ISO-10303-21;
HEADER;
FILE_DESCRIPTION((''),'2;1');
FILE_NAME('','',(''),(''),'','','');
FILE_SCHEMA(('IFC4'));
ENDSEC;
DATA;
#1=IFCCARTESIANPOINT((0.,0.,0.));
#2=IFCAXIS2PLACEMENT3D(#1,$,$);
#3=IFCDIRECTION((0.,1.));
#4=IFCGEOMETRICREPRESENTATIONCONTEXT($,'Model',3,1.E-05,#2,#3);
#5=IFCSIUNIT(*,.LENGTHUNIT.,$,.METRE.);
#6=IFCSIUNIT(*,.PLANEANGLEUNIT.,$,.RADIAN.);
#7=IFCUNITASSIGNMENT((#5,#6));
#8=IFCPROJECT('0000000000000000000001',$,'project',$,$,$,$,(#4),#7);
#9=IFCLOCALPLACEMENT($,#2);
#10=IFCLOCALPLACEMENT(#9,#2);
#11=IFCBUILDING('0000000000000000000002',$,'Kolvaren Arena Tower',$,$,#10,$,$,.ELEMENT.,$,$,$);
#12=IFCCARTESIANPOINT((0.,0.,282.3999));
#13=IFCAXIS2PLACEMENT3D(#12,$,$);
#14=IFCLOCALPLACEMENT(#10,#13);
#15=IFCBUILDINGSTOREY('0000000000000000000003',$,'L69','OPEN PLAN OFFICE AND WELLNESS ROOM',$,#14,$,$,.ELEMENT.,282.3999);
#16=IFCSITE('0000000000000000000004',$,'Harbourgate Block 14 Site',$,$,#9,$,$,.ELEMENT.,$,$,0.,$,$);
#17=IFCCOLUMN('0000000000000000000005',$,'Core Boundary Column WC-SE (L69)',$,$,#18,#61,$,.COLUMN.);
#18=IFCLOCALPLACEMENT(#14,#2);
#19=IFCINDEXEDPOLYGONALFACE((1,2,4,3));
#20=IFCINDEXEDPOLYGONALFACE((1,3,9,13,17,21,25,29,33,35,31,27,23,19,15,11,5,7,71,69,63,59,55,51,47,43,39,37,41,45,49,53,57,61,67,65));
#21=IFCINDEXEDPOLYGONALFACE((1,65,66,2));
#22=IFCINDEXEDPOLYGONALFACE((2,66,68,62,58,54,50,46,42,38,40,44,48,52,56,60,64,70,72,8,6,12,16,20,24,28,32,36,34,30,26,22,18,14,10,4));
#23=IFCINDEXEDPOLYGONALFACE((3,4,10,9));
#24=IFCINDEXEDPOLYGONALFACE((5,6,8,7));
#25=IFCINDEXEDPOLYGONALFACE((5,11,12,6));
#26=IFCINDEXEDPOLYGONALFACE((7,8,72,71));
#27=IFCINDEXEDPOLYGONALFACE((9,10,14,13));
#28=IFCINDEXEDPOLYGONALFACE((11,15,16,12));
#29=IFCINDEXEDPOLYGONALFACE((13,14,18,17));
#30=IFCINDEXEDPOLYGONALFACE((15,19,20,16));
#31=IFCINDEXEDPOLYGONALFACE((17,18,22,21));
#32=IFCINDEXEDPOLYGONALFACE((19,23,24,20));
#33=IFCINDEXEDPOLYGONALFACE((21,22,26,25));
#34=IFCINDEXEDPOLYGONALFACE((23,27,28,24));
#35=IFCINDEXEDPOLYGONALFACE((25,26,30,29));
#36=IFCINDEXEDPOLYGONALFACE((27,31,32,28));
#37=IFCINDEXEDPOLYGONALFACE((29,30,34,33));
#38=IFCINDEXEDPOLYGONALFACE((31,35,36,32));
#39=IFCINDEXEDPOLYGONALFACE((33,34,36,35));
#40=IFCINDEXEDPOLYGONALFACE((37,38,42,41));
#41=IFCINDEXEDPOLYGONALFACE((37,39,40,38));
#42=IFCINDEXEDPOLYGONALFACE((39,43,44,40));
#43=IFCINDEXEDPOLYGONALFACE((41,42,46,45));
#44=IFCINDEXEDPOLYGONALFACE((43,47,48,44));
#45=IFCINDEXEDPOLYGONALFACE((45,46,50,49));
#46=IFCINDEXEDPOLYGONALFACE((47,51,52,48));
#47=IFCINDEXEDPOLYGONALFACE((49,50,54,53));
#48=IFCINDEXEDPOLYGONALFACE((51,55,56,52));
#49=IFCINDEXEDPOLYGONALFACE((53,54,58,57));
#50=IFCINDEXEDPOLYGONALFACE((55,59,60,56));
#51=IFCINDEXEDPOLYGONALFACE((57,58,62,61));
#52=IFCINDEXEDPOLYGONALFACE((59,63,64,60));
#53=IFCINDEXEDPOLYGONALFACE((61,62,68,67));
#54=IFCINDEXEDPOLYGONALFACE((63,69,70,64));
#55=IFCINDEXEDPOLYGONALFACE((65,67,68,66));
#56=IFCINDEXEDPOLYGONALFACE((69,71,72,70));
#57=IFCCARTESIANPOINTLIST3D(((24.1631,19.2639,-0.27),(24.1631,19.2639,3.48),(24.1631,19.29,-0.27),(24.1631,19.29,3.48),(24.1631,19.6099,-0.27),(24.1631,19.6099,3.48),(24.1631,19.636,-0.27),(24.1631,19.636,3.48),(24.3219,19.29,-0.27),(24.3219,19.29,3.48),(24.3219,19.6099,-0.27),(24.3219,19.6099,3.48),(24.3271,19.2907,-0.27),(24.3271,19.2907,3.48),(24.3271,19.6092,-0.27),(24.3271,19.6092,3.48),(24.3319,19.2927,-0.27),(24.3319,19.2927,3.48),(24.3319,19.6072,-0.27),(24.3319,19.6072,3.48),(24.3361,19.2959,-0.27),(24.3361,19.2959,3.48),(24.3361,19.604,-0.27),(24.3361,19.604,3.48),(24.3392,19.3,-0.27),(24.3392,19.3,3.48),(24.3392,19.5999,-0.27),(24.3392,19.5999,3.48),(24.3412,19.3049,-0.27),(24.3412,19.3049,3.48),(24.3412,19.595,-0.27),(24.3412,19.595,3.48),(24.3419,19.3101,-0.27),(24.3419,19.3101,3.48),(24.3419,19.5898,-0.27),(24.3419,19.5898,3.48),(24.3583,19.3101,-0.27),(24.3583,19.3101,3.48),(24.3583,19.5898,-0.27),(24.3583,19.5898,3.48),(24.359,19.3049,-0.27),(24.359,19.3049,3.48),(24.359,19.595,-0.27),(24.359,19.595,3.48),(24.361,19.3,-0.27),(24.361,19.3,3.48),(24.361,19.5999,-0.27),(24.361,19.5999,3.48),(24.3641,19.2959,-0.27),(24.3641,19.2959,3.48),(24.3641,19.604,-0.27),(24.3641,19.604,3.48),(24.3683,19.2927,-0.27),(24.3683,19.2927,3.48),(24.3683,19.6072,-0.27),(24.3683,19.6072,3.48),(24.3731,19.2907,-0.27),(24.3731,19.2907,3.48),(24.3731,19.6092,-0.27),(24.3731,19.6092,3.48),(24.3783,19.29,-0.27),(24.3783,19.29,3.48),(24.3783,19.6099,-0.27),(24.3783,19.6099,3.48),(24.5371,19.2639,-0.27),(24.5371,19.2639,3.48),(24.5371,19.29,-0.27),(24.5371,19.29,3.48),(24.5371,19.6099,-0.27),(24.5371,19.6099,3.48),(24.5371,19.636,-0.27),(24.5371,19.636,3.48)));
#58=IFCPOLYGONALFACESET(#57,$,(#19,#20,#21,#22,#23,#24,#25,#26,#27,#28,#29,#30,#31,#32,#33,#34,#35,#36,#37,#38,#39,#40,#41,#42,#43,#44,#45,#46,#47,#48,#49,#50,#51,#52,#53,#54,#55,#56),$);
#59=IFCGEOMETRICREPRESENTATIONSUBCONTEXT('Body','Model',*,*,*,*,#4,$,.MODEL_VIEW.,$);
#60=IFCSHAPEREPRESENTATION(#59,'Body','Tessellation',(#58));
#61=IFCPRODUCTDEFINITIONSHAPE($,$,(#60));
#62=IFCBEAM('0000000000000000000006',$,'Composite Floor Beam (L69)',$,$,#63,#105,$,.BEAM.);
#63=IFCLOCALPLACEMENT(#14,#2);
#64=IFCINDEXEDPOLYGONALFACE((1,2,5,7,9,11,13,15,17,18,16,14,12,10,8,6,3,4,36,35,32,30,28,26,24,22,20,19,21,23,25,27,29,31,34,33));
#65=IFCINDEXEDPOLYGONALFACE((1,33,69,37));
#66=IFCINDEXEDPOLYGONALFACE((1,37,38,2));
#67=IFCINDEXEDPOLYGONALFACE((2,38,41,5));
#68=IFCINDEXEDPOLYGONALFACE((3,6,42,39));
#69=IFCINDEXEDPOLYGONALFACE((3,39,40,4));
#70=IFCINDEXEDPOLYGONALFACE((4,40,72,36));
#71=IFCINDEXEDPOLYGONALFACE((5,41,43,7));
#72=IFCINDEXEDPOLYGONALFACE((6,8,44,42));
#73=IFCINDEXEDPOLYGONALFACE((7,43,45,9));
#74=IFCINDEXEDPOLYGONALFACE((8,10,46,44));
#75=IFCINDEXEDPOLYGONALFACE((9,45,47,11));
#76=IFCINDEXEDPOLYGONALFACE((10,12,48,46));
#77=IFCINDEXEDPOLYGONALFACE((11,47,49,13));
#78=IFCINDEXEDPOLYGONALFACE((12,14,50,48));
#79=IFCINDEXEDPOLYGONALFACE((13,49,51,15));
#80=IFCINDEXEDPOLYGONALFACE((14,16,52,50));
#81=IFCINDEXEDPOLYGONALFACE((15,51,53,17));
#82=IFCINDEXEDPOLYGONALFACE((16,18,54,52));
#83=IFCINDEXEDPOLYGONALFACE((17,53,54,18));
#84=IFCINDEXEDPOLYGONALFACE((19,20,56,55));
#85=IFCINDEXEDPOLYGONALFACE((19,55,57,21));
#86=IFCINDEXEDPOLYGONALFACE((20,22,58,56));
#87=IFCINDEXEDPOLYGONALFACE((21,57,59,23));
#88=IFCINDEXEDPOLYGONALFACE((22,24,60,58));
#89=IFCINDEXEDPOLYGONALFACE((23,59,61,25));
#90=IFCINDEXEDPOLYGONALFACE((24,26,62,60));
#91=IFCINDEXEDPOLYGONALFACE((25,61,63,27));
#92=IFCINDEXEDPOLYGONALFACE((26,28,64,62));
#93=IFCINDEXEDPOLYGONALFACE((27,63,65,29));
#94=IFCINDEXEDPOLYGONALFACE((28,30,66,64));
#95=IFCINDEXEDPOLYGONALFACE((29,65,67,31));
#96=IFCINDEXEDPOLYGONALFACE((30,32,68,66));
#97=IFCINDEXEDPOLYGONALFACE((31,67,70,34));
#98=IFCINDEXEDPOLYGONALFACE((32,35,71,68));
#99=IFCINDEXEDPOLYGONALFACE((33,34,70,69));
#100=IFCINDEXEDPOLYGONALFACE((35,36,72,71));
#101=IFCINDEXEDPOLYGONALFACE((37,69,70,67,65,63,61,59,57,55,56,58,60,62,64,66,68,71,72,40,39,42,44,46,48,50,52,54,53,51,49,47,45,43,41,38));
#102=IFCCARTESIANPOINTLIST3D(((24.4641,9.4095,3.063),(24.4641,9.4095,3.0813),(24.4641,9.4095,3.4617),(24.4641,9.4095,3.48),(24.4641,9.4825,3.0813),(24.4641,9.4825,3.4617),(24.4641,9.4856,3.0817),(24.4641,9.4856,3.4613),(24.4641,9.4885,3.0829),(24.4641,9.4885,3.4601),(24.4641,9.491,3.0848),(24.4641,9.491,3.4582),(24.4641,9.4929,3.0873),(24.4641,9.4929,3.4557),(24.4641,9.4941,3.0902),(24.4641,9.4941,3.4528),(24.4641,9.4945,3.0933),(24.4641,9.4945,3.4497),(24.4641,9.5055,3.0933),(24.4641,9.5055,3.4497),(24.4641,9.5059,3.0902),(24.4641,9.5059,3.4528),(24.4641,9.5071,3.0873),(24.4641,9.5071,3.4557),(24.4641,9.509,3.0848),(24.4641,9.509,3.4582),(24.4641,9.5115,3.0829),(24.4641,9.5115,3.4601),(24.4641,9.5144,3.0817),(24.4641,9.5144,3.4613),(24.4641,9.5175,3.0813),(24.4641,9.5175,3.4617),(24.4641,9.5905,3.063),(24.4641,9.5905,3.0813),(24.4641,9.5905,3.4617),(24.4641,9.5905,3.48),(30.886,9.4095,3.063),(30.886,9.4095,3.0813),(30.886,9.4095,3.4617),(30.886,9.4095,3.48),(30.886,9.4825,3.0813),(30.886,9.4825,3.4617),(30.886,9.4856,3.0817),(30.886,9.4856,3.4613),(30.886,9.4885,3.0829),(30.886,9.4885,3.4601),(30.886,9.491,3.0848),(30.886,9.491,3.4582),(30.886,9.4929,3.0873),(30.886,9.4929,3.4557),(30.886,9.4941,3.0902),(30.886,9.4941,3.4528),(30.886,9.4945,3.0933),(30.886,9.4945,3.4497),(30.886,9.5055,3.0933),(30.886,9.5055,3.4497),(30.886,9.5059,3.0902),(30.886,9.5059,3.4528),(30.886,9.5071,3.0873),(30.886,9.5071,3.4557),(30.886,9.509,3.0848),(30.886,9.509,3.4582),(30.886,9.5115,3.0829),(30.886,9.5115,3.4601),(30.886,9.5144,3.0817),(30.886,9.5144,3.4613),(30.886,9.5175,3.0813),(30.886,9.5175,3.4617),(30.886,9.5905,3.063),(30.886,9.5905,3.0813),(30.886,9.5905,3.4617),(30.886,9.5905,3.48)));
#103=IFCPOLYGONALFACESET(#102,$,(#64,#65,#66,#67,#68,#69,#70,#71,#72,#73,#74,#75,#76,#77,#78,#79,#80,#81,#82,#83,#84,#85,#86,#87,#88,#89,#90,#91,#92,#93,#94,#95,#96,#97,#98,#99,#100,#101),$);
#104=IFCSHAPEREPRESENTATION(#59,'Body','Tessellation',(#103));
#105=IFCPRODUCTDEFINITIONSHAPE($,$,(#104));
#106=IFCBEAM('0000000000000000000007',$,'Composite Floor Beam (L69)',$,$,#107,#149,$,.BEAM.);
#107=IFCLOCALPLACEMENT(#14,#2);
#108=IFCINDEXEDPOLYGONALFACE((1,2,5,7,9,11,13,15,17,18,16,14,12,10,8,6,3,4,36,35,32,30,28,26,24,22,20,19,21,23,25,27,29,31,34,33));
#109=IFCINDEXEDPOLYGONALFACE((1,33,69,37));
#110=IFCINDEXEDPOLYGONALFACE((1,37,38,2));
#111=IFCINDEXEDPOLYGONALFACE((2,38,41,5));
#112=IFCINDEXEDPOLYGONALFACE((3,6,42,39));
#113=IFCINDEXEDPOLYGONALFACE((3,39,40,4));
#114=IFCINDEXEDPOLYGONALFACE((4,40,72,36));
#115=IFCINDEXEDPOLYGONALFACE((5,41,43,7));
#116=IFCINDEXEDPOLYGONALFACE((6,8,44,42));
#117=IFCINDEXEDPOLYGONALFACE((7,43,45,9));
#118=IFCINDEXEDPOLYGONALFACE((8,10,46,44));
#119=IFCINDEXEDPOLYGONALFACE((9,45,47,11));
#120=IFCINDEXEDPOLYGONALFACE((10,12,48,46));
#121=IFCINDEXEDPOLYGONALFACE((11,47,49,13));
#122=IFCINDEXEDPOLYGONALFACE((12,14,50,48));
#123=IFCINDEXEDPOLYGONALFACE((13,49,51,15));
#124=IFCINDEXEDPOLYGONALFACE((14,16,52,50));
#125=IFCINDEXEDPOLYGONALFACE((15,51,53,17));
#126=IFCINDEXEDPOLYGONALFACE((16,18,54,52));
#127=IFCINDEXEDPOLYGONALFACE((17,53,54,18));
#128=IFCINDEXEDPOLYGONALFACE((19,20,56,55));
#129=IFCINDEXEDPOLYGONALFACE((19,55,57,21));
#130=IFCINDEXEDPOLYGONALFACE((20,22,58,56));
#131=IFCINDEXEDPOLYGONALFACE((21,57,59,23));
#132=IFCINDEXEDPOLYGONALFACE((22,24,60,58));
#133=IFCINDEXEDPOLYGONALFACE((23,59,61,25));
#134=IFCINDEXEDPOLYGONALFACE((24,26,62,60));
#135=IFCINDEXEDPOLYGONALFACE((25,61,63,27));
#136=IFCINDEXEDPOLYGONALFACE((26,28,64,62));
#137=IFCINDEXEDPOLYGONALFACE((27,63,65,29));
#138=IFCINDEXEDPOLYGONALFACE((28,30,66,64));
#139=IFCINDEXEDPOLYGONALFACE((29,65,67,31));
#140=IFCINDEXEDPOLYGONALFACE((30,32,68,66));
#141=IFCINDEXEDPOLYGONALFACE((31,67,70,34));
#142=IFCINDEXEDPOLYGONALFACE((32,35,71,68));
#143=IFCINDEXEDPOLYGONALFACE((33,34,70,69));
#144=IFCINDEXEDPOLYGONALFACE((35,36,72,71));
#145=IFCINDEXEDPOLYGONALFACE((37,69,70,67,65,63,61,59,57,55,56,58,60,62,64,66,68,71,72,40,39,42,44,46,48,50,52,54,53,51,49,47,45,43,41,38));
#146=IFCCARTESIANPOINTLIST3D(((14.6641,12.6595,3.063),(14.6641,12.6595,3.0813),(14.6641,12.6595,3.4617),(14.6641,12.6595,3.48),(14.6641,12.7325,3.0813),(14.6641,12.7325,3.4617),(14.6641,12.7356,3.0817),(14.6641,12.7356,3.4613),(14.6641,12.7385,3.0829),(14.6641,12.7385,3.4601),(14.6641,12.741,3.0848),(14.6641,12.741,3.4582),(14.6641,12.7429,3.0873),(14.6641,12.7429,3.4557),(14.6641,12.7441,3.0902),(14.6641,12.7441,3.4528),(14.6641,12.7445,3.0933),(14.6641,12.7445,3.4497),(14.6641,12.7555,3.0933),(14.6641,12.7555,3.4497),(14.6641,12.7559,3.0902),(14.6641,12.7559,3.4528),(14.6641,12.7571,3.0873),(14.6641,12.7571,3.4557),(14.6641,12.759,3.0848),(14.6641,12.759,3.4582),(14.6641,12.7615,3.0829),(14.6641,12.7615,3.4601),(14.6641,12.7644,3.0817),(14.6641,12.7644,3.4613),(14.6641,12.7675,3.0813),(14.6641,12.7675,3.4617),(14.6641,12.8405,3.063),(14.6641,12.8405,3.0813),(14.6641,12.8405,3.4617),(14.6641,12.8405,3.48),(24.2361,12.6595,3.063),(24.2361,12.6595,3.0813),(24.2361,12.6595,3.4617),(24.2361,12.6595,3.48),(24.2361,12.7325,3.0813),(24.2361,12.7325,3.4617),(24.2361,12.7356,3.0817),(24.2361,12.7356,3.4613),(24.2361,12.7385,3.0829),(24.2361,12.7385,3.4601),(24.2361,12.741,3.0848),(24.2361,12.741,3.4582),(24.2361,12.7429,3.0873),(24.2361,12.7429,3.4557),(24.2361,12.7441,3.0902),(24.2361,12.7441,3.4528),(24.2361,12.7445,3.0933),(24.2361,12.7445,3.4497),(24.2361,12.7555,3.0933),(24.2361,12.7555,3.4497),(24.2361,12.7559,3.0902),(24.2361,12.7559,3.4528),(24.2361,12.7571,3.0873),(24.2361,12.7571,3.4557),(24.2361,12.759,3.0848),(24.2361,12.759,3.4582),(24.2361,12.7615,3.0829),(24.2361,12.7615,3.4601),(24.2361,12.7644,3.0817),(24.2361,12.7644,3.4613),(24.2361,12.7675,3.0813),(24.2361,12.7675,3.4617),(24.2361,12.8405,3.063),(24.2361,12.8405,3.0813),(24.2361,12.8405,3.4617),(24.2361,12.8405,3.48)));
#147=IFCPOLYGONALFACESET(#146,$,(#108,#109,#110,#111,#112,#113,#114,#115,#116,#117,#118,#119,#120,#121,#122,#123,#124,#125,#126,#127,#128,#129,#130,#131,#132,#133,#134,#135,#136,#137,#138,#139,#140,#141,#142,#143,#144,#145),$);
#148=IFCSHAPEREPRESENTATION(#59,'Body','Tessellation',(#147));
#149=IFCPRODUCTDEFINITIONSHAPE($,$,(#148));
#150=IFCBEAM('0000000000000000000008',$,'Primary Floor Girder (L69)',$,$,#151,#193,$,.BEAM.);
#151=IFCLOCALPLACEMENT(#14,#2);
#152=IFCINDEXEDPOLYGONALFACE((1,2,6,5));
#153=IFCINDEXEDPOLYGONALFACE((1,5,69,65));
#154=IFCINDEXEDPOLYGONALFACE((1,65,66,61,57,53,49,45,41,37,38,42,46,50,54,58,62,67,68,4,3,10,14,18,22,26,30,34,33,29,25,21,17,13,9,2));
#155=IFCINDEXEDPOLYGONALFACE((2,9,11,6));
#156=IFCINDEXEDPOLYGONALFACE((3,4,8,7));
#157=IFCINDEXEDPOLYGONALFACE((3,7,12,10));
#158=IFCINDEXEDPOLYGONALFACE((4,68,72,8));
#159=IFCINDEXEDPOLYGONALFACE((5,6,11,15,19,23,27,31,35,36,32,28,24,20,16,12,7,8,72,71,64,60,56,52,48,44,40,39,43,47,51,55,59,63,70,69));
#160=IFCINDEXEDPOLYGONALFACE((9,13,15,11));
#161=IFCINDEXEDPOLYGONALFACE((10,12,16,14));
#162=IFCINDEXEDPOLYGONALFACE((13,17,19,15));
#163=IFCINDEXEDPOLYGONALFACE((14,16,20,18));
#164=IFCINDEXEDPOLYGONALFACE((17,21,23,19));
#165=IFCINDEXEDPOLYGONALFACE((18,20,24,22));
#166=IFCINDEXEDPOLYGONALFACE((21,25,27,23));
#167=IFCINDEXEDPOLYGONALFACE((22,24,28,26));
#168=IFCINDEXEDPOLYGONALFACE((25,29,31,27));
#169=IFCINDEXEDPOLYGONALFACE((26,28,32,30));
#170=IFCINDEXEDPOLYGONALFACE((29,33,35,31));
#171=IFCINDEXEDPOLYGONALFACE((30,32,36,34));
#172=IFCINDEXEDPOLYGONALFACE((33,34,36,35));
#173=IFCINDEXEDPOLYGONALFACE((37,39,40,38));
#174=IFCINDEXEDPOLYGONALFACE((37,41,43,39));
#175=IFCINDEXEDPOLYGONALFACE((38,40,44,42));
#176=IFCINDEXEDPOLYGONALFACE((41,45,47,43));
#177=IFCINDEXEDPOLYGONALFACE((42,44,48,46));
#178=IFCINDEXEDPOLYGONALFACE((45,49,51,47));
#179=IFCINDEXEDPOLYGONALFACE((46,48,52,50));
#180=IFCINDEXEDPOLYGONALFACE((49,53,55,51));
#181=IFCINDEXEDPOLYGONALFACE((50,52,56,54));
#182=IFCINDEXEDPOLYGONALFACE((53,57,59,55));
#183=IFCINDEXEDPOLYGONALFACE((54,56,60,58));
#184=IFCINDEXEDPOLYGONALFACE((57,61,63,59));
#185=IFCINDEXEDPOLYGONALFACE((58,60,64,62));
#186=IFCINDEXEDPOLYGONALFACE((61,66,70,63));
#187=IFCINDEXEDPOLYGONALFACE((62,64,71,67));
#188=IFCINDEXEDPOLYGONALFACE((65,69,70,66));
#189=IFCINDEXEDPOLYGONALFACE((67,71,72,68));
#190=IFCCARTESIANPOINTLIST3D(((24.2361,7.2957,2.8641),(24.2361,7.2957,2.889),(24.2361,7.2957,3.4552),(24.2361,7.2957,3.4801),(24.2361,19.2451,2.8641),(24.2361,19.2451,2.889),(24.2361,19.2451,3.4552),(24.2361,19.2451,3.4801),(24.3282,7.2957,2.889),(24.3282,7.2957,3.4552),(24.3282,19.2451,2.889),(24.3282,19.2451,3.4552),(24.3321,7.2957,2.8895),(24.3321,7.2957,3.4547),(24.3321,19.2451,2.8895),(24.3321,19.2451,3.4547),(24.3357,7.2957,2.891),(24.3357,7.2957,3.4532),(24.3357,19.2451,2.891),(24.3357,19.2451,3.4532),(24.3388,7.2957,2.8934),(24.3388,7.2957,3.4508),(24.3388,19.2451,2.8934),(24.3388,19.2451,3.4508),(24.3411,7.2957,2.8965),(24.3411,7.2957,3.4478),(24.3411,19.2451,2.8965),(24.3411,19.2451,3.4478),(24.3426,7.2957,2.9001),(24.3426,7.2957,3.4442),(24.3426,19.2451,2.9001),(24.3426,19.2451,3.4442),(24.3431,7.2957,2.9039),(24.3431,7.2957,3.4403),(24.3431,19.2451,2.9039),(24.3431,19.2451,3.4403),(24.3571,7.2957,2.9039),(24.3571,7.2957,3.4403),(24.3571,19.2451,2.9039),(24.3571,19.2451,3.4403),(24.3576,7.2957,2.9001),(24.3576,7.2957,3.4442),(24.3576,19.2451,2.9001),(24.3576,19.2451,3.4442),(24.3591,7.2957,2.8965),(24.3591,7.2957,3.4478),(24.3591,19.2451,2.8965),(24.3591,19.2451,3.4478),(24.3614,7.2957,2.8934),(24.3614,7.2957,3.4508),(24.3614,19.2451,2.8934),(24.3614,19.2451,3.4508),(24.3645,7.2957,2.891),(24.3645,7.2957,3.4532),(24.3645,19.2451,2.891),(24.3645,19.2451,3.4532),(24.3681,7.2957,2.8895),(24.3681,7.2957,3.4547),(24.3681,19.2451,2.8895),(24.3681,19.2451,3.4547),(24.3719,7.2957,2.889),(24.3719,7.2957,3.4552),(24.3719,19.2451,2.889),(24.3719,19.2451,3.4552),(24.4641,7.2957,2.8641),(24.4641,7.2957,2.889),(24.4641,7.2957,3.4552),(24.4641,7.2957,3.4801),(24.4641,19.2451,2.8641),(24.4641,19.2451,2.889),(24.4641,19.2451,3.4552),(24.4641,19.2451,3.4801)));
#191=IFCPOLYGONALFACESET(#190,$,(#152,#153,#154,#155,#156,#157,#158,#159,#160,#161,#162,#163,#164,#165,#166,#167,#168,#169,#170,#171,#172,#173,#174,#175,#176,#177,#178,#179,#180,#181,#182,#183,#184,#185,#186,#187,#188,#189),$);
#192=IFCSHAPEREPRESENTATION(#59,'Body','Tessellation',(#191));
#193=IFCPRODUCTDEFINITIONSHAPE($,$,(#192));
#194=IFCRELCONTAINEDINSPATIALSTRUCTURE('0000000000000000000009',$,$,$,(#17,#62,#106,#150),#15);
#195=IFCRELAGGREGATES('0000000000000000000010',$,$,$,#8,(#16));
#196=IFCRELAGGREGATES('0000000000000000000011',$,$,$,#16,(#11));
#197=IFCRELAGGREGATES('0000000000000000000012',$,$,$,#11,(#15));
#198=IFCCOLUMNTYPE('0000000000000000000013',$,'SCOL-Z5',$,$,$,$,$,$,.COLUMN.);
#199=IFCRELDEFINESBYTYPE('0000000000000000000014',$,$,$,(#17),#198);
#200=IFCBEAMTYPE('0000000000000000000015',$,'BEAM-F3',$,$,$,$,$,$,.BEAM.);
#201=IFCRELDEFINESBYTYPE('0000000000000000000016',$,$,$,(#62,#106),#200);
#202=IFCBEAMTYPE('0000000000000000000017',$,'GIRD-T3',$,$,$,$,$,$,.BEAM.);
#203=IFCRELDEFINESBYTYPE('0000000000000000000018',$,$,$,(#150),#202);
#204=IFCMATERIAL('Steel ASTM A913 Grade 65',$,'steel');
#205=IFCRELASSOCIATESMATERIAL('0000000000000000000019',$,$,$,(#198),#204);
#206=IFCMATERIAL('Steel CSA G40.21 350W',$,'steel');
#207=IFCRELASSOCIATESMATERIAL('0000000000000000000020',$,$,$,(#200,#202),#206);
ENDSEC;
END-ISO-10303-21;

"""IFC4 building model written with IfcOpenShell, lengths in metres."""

from ifc_helpers import new_model, si_unit, direction, frame, origin, origin_2d, place, context, subcontext, project, spatial, i_section, extrude, material, material_profile, profile_set, type_object, element, save


model = new_model("IFC4")

# Units and contexts
model_context = context("Model", 3, precision=1e-05, world=origin(), true_north=direction((0.0, 1.0)))
body_context = subcontext(model_context, "Body", "Model", "MODEL_VIEW")
ifc_project = project(units=[si_unit("LENGTHUNIT", "METRE"), si_unit("PLANEANGLEUNIT", "RADIAN")], contexts=[model_context])

# Site, building, storey
site_placement = place(None, origin())
site = spatial("IfcSite", under=ifc_project, at=site_placement, Name="Harbourgate Block 14 Site", CompositionType="ELEMENT", RefElevation=0.0)
building_placement = place(site_placement, origin())
building = spatial("IfcBuilding", under=site, at=building_placement, Name="Kolvaren Arena Tower", CompositionType="ELEMENT")
storey_placement = place(building_placement, frame((0.0, 0.0, 282.3999)))
storey = spatial("IfcBuildingStorey", under=building, at=storey_placement, Name="L69", Description="OPEN PLAN OFFICE AND WELLNESS ROOM", CompositionType="ELEMENT", Elevation=282.3999)

# Column
ifc_material_1 = material(Name="Steel ASTM A913 Grade 65", Category="steel")
ifc_material_profile_1 = material_profile(ifc_material_1, i_section(OverallWidth=0.374, OverallDepth=0.3721, WebThickness=0.0164, FlangeThickness=0.0261, FilletRadius=0.02, at=origin_2d()), Name="W360x196")
ifc_profile_set_1 = profile_set([ifc_material_profile_1], Name="Steel ASTM A913 Grade 65")
column_type = type_object("IfcColumnType", Name="SCOL-Z5", PredefinedType="COLUMN", material=ifc_profile_set_1)
column_placement = place(storey_placement, frame((24.3501, 19.45, -0.27), z_axis=(0.0, 0.0, 1.0), x_axis=(1.0, 0.0, 0.0)))
element("IfcColumn", 1, at=column_placement, inside=storey, type_object=column_type, Name="Core Boundary Column WC-SE (L69)", PredefinedType="COLUMN", context=body_context, shape_type="SweptSolid", body=[
    extrude(i_section(OverallWidth=0.374, OverallDepth=0.3721, WebThickness=0.0164, FlangeThickness=0.0261, FilletRadius=0.02, at=origin_2d()), origin(), (0.0, 0.0, 1.0), 3.75),
])

# Beams
ifc_material_2 = material(Name="Steel CSA G40.21 350W", Category="steel")
ifc_material_profile_2 = material_profile(ifc_material_2, i_section(OverallWidth=0.1809, OverallDepth=0.417, WebThickness=0.011, FlangeThickness=0.0183, FilletRadius=0.012, at=origin_2d()), Name="W410x85")
ifc_profile_set_2 = profile_set([ifc_material_profile_2], Name="Steel CSA G40.21 350W")
beam_type_1 = type_object("IfcBeamType", Name="BEAM-F3", PredefinedType="BEAM", material=ifc_profile_set_2)
beam_1_placement = place(storey_placement, frame((24.4641, 9.5, 3.2715), z_axis=(1.0, 0.0, 0.0), x_axis=(0.0, 1.0, 0.0)))
element("IfcBeam", 2, at=beam_1_placement, inside=storey, type_object=beam_type_1, Name="Composite Floor Beam (L69)", PredefinedType="BEAM", context=body_context, shape_type="SweptSolid", body=[
    extrude(i_section(OverallWidth=0.1809, OverallDepth=0.417, WebThickness=0.011, FlangeThickness=0.0183, FilletRadius=0.012, at=origin_2d()), origin(), (0.0, 0.0, 1.0), 6.4219),
])
beam_2_placement = place(storey_placement, frame((14.6641, 12.75, 3.2715), z_axis=(1.0, 0.0, 0.0), x_axis=(0.0, 1.0, 0.0)))
element("IfcBeam", 3, at=beam_2_placement, inside=storey, type_object=beam_type_1, Name="Composite Floor Beam (L69)", PredefinedType="BEAM", context=body_context, shape_type="SweptSolid", body=[
    extrude(i_section(OverallWidth=0.1809, OverallDepth=0.417, WebThickness=0.011, FlangeThickness=0.0183, FilletRadius=0.012, at=origin_2d()), origin(), (0.0, 0.0, 1.0), 9.572),
])
ifc_material_profile_3 = material_profile(ifc_material_2, i_section(OverallWidth=0.228, OverallDepth=0.616, WebThickness=0.0139, FlangeThickness=0.0249, FilletRadius=0.0149, at=origin_2d()), Name="W610x174")
ifc_profile_set_3 = profile_set([ifc_material_profile_3], Name="Steel CSA G40.21 350W")
beam_type_2 = type_object("IfcBeamType", Name="GIRD-T3", PredefinedType="BEAM", material=ifc_profile_set_3)
beam_3_placement = place(storey_placement, frame((24.3501, 7.2957, 3.1721), z_axis=(0.0, 1.0, 0.0), x_axis=(-1.0, 0.0, 0.0)))
element("IfcBeam", 4, at=beam_3_placement, inside=storey, type_object=beam_type_2, Name="Primary Floor Girder (L69)", PredefinedType="BEAM", context=body_context, shape_type="SweptSolid", body=[
    extrude(i_section(OverallWidth=0.228, OverallDepth=0.616, WebThickness=0.0139, FlangeThickness=0.0249, FilletRadius=0.0149, at=origin_2d()), origin(), (0.0, 0.0, 1.0), 11.9495),
])

save(model, "model.ifc")
